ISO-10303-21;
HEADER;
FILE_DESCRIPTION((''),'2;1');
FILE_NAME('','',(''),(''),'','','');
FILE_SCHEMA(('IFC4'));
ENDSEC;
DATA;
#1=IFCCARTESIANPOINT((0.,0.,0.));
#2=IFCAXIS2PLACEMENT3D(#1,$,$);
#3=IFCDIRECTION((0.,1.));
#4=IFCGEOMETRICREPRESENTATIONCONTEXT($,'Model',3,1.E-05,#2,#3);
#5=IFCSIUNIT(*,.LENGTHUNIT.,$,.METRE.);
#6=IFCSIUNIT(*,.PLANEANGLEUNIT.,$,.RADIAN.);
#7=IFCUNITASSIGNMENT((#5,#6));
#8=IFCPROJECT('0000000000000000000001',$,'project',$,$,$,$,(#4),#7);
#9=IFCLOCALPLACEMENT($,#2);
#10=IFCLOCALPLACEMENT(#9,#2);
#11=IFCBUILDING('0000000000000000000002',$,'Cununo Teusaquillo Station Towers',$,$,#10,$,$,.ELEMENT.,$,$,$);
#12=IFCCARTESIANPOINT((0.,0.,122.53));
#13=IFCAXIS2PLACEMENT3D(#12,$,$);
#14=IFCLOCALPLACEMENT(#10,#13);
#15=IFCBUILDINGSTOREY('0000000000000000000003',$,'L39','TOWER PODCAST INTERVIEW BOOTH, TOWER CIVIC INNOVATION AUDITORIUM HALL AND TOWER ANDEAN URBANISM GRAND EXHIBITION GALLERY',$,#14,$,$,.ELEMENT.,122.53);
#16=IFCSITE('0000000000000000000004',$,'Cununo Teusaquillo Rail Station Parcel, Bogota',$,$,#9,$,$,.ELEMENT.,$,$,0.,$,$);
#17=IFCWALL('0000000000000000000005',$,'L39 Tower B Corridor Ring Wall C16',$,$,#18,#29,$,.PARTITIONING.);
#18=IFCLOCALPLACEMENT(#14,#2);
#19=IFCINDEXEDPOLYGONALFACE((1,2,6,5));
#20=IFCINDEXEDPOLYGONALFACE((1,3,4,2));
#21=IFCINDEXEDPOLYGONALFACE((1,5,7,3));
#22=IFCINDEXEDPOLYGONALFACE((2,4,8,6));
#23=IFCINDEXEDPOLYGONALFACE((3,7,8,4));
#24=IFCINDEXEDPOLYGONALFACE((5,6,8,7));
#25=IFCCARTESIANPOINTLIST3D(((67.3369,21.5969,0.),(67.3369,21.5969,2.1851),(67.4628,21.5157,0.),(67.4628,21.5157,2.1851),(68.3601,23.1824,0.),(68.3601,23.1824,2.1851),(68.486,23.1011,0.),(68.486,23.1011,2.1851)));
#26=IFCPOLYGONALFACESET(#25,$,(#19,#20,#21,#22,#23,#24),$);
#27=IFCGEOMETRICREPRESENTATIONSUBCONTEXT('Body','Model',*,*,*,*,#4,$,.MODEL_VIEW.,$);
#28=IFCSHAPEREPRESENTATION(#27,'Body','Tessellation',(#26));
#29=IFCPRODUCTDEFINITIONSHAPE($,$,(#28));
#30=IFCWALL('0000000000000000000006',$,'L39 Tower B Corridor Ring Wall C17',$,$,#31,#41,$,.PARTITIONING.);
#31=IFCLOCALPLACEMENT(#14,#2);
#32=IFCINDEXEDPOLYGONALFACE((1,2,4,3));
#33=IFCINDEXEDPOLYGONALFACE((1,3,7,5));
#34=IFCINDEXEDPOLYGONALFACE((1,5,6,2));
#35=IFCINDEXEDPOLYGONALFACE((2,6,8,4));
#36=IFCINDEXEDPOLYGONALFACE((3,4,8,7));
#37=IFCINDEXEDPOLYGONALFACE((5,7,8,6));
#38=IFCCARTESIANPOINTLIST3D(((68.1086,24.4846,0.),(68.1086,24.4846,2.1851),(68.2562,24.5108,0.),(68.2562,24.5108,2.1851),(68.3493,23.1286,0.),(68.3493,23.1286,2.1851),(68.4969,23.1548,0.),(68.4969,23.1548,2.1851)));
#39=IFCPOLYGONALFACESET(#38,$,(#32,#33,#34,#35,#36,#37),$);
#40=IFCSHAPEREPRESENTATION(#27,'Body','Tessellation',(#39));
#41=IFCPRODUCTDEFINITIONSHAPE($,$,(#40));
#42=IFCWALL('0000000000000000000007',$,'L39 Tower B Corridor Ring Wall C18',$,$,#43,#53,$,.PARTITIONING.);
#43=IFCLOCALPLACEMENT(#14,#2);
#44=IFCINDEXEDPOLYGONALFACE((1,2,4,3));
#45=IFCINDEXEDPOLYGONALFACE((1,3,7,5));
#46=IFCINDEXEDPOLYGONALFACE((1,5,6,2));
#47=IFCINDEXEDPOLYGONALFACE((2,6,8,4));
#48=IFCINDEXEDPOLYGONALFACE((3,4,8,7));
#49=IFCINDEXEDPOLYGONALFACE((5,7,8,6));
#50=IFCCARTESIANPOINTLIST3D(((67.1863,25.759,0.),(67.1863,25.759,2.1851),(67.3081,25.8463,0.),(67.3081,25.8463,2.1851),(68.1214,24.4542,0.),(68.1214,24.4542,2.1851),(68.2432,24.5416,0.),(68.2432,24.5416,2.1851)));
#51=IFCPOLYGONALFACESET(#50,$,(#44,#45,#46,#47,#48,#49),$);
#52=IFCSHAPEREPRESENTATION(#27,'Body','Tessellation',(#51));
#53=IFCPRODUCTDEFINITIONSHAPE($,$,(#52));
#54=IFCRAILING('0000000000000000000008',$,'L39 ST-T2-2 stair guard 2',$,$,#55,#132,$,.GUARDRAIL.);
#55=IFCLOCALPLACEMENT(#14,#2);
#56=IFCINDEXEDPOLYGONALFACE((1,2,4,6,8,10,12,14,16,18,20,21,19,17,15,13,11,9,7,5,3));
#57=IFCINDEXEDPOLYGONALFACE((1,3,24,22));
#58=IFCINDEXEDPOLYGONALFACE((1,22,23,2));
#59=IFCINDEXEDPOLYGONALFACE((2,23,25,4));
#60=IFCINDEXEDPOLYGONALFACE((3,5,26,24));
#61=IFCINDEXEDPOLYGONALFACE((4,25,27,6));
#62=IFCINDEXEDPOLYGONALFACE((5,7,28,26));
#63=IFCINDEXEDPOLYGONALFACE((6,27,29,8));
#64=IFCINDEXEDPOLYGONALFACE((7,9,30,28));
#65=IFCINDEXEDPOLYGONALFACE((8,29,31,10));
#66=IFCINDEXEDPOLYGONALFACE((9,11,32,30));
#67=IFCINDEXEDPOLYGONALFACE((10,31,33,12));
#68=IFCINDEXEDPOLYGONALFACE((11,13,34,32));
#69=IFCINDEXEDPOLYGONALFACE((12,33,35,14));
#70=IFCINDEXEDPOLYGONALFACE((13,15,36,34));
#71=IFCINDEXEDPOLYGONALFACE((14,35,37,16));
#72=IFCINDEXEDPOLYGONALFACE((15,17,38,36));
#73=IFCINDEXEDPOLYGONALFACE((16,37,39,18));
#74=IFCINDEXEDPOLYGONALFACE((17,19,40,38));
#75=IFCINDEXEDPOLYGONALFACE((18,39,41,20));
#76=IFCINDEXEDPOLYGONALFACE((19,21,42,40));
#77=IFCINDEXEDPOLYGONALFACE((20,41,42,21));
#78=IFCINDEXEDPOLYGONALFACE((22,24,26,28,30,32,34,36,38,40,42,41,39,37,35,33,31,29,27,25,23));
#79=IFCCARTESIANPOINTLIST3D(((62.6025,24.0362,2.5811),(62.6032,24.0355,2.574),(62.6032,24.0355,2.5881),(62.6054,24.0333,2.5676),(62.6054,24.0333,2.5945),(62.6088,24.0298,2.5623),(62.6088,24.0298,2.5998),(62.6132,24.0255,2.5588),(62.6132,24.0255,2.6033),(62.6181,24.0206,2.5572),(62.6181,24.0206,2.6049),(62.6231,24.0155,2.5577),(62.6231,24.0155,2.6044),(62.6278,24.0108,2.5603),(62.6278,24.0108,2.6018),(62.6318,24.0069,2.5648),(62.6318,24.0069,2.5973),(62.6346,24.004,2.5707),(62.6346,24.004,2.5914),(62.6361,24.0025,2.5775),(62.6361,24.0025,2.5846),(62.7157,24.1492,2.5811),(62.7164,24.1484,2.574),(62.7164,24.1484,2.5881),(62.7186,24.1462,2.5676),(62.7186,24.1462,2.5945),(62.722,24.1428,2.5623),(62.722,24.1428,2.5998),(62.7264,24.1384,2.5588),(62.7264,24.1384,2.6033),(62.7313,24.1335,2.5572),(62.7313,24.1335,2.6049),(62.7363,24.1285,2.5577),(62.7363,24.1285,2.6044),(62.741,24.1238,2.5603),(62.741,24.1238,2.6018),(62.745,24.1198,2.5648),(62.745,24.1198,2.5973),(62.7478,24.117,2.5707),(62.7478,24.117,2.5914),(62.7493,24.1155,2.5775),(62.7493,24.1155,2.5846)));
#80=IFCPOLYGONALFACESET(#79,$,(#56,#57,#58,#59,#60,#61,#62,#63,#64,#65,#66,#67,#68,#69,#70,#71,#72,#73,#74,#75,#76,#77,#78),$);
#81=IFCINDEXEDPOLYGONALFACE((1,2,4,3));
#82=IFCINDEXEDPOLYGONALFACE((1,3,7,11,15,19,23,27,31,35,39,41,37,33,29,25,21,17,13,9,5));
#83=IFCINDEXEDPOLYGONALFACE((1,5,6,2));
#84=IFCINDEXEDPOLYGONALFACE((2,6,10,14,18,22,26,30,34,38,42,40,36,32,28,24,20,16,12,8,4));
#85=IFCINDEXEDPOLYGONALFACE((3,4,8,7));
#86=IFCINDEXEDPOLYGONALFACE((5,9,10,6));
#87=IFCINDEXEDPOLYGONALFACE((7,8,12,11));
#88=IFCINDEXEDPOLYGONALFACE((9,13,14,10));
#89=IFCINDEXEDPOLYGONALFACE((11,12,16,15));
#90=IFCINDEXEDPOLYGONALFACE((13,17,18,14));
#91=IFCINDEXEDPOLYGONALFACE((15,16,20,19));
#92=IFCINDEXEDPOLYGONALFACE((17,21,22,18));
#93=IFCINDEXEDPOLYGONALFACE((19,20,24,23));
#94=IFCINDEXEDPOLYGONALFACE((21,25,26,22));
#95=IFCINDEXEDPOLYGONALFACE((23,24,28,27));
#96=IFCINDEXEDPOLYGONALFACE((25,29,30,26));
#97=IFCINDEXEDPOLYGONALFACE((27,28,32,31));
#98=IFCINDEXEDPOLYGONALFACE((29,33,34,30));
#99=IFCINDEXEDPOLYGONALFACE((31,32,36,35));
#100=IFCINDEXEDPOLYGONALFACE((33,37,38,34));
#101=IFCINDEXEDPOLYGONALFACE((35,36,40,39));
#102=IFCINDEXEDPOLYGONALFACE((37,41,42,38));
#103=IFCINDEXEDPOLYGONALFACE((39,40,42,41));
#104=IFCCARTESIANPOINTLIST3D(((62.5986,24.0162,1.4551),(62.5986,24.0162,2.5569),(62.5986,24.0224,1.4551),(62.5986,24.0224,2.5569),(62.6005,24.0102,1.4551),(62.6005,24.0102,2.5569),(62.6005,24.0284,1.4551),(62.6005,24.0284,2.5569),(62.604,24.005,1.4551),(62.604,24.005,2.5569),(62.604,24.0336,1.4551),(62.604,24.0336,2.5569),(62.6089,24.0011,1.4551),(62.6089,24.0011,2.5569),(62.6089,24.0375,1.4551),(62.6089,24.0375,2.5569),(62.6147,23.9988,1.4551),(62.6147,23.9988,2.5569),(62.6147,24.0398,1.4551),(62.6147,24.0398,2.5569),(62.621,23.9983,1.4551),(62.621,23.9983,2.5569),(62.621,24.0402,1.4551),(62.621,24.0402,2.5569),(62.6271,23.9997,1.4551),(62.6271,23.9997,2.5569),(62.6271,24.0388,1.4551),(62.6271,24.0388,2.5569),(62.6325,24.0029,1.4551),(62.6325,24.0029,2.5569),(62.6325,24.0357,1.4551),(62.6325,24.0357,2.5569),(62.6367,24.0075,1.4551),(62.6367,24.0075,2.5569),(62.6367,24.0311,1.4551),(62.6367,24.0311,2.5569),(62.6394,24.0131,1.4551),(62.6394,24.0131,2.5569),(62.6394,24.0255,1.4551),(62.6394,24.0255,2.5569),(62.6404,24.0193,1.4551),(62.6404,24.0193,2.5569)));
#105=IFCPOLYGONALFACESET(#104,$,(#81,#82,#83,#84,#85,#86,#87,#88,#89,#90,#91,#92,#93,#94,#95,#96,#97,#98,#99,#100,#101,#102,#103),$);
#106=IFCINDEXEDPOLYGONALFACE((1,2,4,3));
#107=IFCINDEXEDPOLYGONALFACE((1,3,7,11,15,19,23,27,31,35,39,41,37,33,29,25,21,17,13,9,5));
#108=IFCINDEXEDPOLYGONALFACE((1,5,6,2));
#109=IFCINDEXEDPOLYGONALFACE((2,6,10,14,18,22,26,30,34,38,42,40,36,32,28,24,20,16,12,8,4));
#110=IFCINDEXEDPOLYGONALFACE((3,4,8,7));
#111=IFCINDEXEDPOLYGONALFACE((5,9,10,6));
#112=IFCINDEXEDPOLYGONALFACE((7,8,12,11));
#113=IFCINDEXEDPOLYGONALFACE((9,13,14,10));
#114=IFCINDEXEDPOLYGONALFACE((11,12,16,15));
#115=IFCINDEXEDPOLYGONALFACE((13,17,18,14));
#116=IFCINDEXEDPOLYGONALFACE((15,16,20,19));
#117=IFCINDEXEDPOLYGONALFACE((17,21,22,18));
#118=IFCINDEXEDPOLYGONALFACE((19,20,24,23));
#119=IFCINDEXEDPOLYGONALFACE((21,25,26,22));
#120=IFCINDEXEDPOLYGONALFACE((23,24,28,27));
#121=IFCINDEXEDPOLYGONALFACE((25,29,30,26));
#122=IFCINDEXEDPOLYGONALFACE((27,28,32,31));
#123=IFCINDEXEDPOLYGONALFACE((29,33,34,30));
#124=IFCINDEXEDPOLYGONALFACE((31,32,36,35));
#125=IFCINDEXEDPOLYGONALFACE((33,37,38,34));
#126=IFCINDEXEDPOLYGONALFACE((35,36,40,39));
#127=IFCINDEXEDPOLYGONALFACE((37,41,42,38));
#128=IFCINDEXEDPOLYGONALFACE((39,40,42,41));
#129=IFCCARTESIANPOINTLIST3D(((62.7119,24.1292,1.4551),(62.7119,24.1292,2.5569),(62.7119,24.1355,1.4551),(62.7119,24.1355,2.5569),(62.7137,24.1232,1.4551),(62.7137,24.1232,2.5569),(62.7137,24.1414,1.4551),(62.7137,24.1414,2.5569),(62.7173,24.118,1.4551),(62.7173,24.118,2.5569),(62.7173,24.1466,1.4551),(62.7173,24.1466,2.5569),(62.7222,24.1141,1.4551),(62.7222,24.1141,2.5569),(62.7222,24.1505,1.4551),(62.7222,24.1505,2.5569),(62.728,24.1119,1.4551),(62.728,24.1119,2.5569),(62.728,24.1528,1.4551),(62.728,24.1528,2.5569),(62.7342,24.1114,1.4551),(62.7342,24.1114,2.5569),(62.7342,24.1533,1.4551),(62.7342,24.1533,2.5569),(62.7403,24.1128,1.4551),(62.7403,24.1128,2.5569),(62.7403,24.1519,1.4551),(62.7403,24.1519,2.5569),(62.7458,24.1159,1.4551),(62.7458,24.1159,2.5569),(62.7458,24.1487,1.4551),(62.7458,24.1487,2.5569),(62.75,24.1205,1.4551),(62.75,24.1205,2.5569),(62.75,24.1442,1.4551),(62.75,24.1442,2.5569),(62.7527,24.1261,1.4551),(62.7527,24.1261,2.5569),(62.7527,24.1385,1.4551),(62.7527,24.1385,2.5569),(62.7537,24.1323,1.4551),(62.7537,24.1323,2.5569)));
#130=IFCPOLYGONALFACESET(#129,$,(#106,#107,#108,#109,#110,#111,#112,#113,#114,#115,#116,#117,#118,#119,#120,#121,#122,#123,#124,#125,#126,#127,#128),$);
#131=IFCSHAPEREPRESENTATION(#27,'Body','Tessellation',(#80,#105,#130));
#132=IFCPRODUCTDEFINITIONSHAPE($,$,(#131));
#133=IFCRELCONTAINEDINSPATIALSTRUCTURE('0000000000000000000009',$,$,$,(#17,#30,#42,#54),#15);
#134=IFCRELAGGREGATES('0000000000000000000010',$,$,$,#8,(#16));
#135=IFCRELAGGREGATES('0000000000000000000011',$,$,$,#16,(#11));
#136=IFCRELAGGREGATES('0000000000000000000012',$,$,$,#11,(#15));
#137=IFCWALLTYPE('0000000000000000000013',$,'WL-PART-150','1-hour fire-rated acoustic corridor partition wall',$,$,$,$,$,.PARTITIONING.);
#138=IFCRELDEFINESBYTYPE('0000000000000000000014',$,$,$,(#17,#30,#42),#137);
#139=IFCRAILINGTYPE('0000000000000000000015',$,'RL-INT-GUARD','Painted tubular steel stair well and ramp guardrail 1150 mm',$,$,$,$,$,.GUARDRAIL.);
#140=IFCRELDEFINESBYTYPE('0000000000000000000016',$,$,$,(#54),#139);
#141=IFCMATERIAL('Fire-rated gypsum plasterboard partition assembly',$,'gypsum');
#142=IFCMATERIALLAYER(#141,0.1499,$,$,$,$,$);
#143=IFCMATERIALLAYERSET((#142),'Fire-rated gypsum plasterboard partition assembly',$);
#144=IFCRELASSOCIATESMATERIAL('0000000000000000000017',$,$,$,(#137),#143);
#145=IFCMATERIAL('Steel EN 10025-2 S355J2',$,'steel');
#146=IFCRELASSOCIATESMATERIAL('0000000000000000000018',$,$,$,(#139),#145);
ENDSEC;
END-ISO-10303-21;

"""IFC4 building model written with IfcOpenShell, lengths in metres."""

from ifc_helpers import new_model, si_unit, direction, frame, frame_2d, origin, origin_2d, place, context, subcontext, project, spatial, rectangle, circle, extrude, material, layer, layer_set, type_object, element, save


model = new_model("IFC4")

# Units and contexts
model_context = context("Model", 3, precision=1e-05, world=origin(), true_north=direction((0.0, 1.0)))
body_context = subcontext(model_context, "Body", "Model", "MODEL_VIEW")
ifc_project = project(units=[si_unit("LENGTHUNIT", "METRE"), si_unit("PLANEANGLEUNIT", "RADIAN")], contexts=[model_context])

# Site, building, storey
site_placement = place(None, origin())
site = spatial("IfcSite", under=ifc_project, at=site_placement, Name="Cununo Teusaquillo Rail Station Parcel, Bogota", CompositionType="ELEMENT", RefElevation=0.0)
building_placement = place(site_placement, origin())
building = spatial("IfcBuilding", under=site, at=building_placement, Name="Cununo Teusaquillo Station Towers", CompositionType="ELEMENT")
storey_placement = place(building_placement, frame((0.0, 0.0, 122.53)))
storey = spatial("IfcBuildingStorey", under=building, at=storey_placement, Name="L39", Description="TOWER PODCAST INTERVIEW BOOTH, TOWER CIVIC INNOVATION AUDITORIUM HALL AND TOWER ANDEAN URBANISM GRAND EXHIBITION GALLERY", CompositionType="ELEMENT", Elevation=122.53)

# Walls
ifc_material_1 = material(Name="Fire-rated gypsum plasterboard partition assembly", Category="gypsum")
ifc_layer_1 = layer(ifc_material_1, 0.1499)
ifc_layer_set_1 = layer_set([ifc_layer_1], Name="Fire-rated gypsum plasterboard partition assembly")
wall_type_1 = type_object("IfcWallType", Name="WL-PART-150", Description="1-hour fire-rated acoustic corridor partition wall", PredefinedType="PARTITIONING", material=ifc_layer_set_1)
wall_1_placement = place(storey_placement, frame((67.3999, 21.5564, 0.0), z_axis=(0.0, 0.0, 1.0), x_axis=(0.542248, 0.840219, 0.0)))
element("IfcWall", 1, at=wall_1_placement, inside=storey, type_object=wall_type_1, Name="L39 Tower B Corridor Ring Wall C16", PredefinedType="PARTITIONING", context=body_context, shape_type="SweptSolid", body=[
    extrude(rectangle(XDim=1.887, YDim=0.1499, at=frame_2d((0.9434, 0.0))), origin(), (0.0, 0.0, 1.0), 2.1851),
])
wall_2_placement = place(storey_placement, frame((68.4231, 23.1418, 0.0), z_axis=(0.0, 0.0, 1.0), x_axis=(-0.174797, 0.984605, 0.0)))
element("IfcWall", 2, at=wall_2_placement, inside=storey, type_object=wall_type_1, Name="L39 Tower B Corridor Ring Wall C17", PredefinedType="PARTITIONING", context=body_context, shape_type="SweptSolid", body=[
    extrude(rectangle(XDim=1.3772, YDim=0.1499, at=frame_2d((0.6885, 0.0))), origin(), (0.0, 0.0, 1.0), 2.1851),
])
wall_3_placement = place(storey_placement, frame((68.1824, 24.4978, 0.0), z_axis=(0.0, 0.0, 1.0), x_axis=(-0.582532, 0.812808, 0.0)))
element("IfcWall", 3, at=wall_3_placement, inside=storey, type_object=wall_type_1, Name="L39 Tower B Corridor Ring Wall C18", PredefinedType="PARTITIONING", context=body_context, shape_type="SweptSolid", body=[
    extrude(rectangle(XDim=1.6052, YDim=0.1499, at=frame_2d((0.8027, 0.0))), origin(), (0.0, 0.0, 1.0), 2.1851),
])

# Railing
ifc_material_2 = material(Name="Steel EN 10025-2 S355J2", Category="steel")
railing_type = type_object("IfcRailingType", Name="RL-INT-GUARD", Description="Painted tubular steel stair well and ramp guardrail 1150 mm", PredefinedType="GUARDRAIL", material=ifc_material_2)
railing_1_placement = place(storey_placement, frame((62.6194, 24.0193, 1.4551)))
element("IfcRailing", 4, at=railing_1_placement, inside=storey, type_object=railing_type, Name="L39 ST-T2-2 stair guard 2", PredefinedType="GUARDRAIL", context=body_context, shape_type="SweptSolid", body=[
    extrude(circle(Radius=0.0239, at=origin_2d()), frame((0.0, 0.0, 1.126), z_axis=(0.707869, 0.706344, 0.0), x_axis=(-0.706344, 0.707869, 0.0)), (0.0, 0.0, 1.0), 0.1599),
    extrude(circle(Radius=0.021, at=origin_2d()), origin(), (0.0, 0.0, 1.0), 1.1018),
    extrude(circle(Radius=0.021, at=origin_2d()), frame((0.1133, 0.113, 0.0)), (0.0, 0.0, 1.0), 1.1018),
])

save(model, "model.ifc")
